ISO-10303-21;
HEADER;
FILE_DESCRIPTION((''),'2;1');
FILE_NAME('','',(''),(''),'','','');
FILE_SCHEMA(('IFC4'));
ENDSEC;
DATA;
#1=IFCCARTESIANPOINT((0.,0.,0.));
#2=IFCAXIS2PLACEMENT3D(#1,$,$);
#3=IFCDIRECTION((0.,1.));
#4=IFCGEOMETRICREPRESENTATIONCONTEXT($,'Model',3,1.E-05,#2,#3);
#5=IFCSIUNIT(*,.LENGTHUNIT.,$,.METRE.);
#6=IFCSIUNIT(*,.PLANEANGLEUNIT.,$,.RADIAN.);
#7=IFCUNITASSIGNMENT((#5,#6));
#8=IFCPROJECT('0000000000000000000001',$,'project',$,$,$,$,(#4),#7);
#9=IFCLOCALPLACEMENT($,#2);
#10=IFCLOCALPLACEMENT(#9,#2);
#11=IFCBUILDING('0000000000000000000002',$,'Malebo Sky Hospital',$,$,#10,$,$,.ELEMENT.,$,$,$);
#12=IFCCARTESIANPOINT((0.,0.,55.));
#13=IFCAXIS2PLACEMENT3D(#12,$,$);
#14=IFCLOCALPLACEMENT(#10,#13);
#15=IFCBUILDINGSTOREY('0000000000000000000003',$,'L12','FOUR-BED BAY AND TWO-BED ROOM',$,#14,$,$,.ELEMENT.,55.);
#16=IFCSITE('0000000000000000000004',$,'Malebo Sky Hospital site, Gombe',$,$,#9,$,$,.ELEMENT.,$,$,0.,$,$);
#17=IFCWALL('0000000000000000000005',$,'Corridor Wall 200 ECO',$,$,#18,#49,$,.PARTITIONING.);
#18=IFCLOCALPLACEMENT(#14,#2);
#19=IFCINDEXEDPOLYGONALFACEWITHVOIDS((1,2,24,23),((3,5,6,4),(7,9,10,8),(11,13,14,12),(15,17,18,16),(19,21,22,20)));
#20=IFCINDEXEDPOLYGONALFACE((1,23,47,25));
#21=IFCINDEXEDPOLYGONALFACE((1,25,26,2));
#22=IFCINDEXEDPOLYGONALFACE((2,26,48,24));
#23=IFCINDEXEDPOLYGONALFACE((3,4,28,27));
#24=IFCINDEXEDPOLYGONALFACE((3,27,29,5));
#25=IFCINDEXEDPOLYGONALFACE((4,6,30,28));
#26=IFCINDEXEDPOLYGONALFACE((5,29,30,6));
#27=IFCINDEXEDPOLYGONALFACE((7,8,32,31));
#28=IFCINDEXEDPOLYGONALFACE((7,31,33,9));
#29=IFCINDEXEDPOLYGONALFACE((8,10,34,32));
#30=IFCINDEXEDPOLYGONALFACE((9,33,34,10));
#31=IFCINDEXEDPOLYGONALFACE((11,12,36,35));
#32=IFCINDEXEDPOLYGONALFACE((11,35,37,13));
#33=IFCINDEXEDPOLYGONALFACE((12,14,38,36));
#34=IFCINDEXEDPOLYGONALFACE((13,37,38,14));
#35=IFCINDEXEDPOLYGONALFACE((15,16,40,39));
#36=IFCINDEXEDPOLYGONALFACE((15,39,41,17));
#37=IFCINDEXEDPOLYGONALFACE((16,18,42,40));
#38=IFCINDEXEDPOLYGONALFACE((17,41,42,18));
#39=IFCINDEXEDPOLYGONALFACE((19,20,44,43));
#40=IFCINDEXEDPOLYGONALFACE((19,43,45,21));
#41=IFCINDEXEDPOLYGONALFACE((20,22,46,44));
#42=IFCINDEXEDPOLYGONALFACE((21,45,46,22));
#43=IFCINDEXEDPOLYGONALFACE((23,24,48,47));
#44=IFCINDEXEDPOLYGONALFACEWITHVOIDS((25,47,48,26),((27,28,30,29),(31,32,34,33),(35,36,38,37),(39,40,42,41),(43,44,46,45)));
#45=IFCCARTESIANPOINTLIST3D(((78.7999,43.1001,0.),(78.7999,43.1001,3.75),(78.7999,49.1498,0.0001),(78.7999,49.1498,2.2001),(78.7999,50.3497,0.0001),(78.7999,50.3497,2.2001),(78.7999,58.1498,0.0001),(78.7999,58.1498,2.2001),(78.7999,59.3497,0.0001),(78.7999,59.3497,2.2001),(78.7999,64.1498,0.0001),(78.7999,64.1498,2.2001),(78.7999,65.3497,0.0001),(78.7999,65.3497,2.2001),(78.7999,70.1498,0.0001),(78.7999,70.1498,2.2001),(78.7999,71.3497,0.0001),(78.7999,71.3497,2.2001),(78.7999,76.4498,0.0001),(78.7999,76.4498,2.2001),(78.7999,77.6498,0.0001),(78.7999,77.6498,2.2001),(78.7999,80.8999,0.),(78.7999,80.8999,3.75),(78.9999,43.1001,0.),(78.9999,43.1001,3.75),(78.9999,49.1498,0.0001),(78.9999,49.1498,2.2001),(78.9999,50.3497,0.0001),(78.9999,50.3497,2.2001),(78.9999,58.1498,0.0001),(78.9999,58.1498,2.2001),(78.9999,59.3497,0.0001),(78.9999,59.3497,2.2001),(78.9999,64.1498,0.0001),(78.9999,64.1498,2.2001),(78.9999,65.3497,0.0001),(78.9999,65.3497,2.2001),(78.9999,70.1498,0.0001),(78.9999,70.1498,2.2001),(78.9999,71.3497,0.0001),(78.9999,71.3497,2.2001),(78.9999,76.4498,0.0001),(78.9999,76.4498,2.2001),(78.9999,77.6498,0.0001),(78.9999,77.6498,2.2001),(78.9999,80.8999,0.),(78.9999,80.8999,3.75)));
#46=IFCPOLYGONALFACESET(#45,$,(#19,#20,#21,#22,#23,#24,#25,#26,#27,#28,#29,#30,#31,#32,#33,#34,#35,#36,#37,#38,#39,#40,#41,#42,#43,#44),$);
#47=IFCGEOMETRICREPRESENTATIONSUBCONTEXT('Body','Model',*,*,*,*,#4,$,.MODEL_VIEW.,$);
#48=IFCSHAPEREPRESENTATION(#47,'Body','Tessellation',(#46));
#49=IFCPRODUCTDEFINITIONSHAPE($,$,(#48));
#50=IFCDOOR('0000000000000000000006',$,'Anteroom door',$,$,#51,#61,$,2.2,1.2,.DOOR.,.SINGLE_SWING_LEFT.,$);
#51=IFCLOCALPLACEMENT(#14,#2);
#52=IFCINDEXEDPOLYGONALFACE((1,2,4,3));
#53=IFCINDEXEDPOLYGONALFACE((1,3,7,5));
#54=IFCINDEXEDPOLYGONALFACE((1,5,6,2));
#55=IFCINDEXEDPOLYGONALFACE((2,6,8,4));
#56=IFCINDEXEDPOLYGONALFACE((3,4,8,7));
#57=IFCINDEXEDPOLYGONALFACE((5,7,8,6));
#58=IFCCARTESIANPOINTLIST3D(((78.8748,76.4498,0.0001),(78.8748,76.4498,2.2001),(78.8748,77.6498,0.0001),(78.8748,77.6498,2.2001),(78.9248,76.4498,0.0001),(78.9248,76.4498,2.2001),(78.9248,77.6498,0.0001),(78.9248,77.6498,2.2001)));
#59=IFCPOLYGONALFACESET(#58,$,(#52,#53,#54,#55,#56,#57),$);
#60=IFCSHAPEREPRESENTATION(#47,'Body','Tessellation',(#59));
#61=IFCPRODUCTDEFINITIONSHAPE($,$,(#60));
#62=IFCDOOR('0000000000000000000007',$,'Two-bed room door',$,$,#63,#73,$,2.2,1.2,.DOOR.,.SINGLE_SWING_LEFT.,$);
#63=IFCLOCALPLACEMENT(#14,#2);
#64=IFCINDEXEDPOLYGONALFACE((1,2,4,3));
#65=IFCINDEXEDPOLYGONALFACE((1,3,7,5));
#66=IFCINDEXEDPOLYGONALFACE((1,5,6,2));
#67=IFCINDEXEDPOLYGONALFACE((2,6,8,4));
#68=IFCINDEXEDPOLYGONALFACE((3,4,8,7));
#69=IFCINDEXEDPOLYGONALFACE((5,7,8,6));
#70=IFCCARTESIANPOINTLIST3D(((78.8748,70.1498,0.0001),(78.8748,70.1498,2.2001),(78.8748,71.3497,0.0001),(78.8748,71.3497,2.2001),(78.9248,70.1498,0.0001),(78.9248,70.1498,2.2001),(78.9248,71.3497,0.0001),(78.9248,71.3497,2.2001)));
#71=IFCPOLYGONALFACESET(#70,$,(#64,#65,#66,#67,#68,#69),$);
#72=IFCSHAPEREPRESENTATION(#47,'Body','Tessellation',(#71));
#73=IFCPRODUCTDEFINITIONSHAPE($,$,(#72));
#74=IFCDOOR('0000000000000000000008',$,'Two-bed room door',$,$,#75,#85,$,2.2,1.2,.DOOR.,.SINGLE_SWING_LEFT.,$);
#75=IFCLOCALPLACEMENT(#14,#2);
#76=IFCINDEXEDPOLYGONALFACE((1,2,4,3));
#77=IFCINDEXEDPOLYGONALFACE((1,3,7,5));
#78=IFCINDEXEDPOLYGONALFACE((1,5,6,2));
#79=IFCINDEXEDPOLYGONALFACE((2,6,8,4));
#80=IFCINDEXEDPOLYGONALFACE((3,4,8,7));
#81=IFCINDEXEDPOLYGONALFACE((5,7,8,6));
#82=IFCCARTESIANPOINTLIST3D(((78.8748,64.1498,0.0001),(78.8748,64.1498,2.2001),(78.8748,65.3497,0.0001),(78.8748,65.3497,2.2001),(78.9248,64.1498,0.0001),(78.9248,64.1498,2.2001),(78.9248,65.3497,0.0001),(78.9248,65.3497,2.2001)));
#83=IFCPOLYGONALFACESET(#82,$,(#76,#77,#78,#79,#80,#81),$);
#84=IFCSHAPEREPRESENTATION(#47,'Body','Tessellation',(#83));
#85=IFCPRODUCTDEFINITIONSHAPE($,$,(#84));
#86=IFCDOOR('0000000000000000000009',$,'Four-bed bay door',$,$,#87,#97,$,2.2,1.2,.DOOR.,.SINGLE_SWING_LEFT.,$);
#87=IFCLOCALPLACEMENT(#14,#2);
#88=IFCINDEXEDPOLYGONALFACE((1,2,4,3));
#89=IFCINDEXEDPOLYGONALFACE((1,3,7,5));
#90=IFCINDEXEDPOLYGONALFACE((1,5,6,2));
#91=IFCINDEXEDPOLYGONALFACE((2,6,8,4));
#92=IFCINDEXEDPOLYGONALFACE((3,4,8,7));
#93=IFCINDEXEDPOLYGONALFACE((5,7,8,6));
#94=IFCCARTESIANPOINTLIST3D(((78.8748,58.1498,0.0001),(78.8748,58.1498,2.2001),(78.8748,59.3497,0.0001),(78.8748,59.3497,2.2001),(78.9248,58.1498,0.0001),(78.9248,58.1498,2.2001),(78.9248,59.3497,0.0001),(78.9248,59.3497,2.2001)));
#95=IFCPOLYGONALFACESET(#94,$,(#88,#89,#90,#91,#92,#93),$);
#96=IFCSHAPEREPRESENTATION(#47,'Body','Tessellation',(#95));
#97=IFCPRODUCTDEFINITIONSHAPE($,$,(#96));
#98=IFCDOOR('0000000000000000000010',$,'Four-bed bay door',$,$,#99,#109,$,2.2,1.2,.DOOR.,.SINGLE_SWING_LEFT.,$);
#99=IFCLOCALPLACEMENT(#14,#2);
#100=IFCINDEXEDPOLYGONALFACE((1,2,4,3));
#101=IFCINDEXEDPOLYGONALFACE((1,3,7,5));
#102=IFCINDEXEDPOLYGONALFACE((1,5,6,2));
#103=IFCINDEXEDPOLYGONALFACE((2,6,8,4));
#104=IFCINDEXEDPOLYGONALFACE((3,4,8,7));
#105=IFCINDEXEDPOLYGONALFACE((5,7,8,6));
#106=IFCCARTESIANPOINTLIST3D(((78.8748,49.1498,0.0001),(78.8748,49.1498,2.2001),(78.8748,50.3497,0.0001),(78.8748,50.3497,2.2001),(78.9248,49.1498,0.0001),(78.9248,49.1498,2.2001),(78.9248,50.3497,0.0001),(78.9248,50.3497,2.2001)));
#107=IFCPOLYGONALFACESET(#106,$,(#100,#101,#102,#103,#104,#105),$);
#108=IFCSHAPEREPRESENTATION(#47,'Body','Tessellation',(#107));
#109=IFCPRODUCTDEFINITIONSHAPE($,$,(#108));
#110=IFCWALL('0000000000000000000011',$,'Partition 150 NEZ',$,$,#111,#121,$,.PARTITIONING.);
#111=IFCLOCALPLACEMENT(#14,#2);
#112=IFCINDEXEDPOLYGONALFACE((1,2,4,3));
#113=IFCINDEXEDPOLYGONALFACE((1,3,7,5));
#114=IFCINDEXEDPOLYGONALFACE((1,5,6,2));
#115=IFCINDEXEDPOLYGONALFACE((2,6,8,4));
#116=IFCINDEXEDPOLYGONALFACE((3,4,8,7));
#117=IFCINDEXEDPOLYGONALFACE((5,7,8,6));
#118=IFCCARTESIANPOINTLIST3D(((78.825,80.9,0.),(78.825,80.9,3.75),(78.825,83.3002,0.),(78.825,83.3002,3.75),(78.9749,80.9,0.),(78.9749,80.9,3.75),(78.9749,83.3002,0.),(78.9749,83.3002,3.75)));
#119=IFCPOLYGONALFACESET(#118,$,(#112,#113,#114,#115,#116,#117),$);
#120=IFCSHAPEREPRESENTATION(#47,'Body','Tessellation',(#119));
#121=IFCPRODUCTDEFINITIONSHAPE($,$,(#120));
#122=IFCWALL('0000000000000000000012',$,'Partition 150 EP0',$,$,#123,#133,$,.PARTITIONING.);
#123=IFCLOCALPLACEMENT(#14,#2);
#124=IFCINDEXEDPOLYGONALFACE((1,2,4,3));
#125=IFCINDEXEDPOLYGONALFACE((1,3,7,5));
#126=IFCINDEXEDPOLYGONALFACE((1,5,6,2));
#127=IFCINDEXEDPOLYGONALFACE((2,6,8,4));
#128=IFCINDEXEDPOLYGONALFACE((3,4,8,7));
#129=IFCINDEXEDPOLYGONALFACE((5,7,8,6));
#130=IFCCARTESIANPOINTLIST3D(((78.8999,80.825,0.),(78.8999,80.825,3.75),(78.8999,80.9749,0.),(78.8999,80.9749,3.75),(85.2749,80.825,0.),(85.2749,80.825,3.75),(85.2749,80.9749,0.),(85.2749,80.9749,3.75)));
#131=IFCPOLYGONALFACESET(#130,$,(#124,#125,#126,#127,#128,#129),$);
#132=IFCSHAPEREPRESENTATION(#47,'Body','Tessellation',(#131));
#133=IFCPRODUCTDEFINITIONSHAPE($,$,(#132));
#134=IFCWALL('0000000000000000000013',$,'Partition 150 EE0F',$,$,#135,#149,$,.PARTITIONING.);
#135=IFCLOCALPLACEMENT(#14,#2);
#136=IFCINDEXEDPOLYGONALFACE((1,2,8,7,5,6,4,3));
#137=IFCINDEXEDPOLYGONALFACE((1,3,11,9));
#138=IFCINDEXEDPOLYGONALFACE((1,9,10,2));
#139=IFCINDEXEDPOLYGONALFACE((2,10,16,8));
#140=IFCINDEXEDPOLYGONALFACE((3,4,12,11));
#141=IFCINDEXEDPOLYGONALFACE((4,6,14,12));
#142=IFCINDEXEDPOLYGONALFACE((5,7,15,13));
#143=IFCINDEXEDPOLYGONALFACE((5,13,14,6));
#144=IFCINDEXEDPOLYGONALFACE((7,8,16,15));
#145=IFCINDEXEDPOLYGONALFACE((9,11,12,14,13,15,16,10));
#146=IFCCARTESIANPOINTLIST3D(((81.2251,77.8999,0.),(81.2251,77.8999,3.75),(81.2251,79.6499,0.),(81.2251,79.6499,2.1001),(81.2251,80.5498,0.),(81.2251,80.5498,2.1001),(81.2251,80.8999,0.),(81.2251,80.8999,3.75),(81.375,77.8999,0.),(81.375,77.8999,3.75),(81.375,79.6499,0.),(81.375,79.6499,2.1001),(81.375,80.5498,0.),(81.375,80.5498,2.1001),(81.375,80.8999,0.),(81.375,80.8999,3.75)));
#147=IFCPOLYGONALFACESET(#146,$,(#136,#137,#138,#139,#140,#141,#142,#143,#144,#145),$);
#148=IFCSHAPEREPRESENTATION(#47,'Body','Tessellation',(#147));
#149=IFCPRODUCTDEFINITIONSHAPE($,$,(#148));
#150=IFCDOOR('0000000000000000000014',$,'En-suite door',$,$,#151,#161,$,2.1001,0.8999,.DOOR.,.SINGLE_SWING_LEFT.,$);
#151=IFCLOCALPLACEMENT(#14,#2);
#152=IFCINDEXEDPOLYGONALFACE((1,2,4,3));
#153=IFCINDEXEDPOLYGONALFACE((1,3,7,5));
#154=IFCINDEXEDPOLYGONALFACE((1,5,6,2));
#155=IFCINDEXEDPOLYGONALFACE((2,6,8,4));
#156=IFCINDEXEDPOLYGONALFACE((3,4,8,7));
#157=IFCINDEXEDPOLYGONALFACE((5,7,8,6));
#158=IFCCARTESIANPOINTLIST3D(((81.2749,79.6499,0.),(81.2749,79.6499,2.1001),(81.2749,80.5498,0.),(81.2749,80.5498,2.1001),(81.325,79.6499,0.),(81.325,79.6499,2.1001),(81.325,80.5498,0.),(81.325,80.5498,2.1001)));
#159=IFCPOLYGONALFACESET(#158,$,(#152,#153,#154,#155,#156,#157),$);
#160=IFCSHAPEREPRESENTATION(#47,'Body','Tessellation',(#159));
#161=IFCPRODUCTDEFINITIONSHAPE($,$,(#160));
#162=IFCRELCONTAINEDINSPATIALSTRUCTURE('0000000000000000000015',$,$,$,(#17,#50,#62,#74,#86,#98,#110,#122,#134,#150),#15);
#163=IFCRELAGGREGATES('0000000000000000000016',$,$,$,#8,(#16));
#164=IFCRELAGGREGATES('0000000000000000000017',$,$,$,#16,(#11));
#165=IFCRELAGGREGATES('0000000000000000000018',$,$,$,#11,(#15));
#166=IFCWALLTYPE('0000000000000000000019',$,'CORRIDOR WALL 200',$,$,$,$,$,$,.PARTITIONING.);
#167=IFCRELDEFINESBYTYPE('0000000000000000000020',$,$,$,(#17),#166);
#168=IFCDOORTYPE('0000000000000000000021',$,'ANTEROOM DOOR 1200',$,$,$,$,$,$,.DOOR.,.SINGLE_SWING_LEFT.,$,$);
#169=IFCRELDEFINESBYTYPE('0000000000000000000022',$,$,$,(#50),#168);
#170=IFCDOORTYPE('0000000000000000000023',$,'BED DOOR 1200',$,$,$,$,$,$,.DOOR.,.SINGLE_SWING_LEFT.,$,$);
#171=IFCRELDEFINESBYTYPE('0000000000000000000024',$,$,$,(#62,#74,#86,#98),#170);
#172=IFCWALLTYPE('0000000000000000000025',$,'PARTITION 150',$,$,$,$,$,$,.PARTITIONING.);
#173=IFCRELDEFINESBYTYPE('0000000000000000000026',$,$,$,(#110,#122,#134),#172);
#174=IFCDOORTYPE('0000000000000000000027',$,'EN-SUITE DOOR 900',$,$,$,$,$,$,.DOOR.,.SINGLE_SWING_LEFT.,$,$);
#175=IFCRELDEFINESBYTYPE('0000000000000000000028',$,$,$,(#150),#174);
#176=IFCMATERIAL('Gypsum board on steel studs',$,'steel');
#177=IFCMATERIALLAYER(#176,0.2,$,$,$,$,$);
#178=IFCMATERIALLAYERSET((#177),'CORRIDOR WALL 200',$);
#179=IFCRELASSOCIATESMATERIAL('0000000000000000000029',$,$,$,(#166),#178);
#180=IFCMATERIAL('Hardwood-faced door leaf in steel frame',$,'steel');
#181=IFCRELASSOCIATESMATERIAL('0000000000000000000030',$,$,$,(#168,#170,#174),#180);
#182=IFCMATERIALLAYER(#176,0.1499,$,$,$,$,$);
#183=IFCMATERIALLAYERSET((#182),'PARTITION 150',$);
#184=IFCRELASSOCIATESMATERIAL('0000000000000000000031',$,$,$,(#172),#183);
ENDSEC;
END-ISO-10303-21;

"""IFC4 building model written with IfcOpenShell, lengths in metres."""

from ifc_helpers import new_model, si_unit, direction, frame, frame_2d, origin, place, context, subcontext, project, spatial, rectangle, extrude, material, layer, layer_set, type_object, element, fill, save


model = new_model("IFC4")

# Units and contexts
model_context = context("Model", 3, precision=1e-05, world=origin(), true_north=direction((0.0, 1.0)))
body_context = subcontext(model_context, "Body", "Model", "MODEL_VIEW")
ifc_project = project(units=[si_unit("LENGTHUNIT", "METRE"), si_unit("PLANEANGLEUNIT", "RADIAN")], contexts=[model_context])

# Site, building, storey
site_placement = place(None, origin())
site = spatial("IfcSite", under=ifc_project, at=site_placement, Name="Malebo Sky Hospital site, Gombe", CompositionType="ELEMENT", RefElevation=0.0)
building_placement = place(site_placement, origin())
building = spatial("IfcBuilding", under=site, at=building_placement, Name="Malebo Sky Hospital", CompositionType="ELEMENT")
storey_placement = place(building_placement, frame((0.0, 0.0, 55.0)))
storey = spatial("IfcBuildingStorey", under=building, at=storey_placement, Name="L12", Description="FOUR-BED BAY AND TWO-BED ROOM", CompositionType="ELEMENT", Elevation=55.0)

# Wall, openings, doors
ifc_material_1 = material(Name="Gypsum board on steel studs", Category="steel")
ifc_layer_1 = layer(ifc_material_1, 0.2)
ifc_layer_set_1 = layer_set([ifc_layer_1], Name="CORRIDOR WALL 200")
wall_type_1 = type_object("IfcWallType", Name="CORRIDOR WALL 200", PredefinedType="PARTITIONING", material=ifc_layer_set_1)
wall_1_placement = place(storey_placement, frame((78.8999, 80.8999, 0.0), z_axis=(0.0, 0.0, 1.0), x_axis=(0.0, -1.0, 0.0)))
wall_1 = element("IfcWall", 1, at=wall_1_placement, inside=storey, type_object=wall_type_1, Name="Corridor Wall 200 ECO", PredefinedType="PARTITIONING", context=body_context, shape_type="SweptSolid", body=[
    extrude(rectangle(XDim=37.7998, YDim=0.2, at=frame_2d((18.8999, 0.0))), origin(), (0.0, 0.0, 1.0), 3.75),
])
opening_1_placement = place(wall_1_placement, frame((3.25, 0.0, 0.0)))
opening_1 = element("IfcOpeningElement", 2, at=opening_1_placement, cuts=wall_1, PredefinedType="OPENING", context=body_context, shape_type="SweptSolid", body=[
    extrude(rectangle(XDim=1.2, YDim=2.2, at=frame_2d((0.6001, 1.1001))), frame((0.0, 0.1099, 0.0), z_axis=(0.0, -1.0, 0.0), x_axis=(1.0, 0.0, 0.0)), (0.0, 0.0, 1.0), 0.22),
])
opening_2_placement = place(wall_1_placement, frame((9.55, 0.0, 0.0)))
opening_2 = element("IfcOpeningElement", 3, at=opening_2_placement, cuts=wall_1, PredefinedType="OPENING", context=body_context, shape_type="SweptSolid", body=[
    extrude(rectangle(XDim=1.2, YDim=2.2, at=frame_2d((0.6001, 1.1001))), frame((0.0, 0.1099, 0.0), z_axis=(0.0, -1.0, 0.0), x_axis=(1.0, 0.0, 0.0)), (0.0, 0.0, 1.0), 0.22),
])
opening_3_placement = place(wall_1_placement, frame((15.55, 0.0, 0.0)))
opening_3 = element("IfcOpeningElement", 4, at=opening_3_placement, cuts=wall_1, PredefinedType="OPENING", context=body_context, shape_type="SweptSolid", body=[
    extrude(rectangle(XDim=1.2, YDim=2.2, at=frame_2d((0.6001, 1.1001))), frame((0.0, 0.1099, 0.0), z_axis=(0.0, -1.0, 0.0), x_axis=(1.0, 0.0, 0.0)), (0.0, 0.0, 1.0), 0.22),
])
opening_4_placement = place(wall_1_placement, frame((21.55, 0.0, 0.0)))
opening_4 = element("IfcOpeningElement", 5, at=opening_4_placement, cuts=wall_1, PredefinedType="OPENING", context=body_context, shape_type="SweptSolid", body=[
    extrude(rectangle(XDim=1.2, YDim=2.2, at=frame_2d((0.6001, 1.1001))), frame((0.0, 0.1099, 0.0), z_axis=(0.0, -1.0, 0.0), x_axis=(1.0, 0.0, 0.0)), (0.0, 0.0, 1.0), 0.22),
])
opening_5_placement = place(wall_1_placement, frame((30.55, 0.0, 0.0)))
opening_5 = element("IfcOpeningElement", 6, at=opening_5_placement, cuts=wall_1, PredefinedType="OPENING", context=body_context, shape_type="SweptSolid", body=[
    extrude(rectangle(XDim=1.2, YDim=2.2, at=frame_2d((0.6001, 1.1001))), frame((0.0, 0.1099, 0.0), z_axis=(0.0, -1.0, 0.0), x_axis=(1.0, 0.0, 0.0)), (0.0, 0.0, 1.0), 0.22),
])
ifc_material_2 = material(Name="Hardwood-faced door leaf in steel frame", Category="steel")
door_type_1 = type_object("IfcDoorType", Name="ANTEROOM DOOR 1200", OperationType="SINGLE_SWING_LEFT", PredefinedType="DOOR", material=ifc_material_2)
door_1_placement = place(opening_1_placement, origin())
door_1 = element("IfcDoor", 7, at=door_1_placement, inside=storey, type_object=door_type_1, Name="Anteroom door", OperationType="SINGLE_SWING_LEFT", OverallHeight=2.2, OverallWidth=1.2, PredefinedType="DOOR", context=body_context, shape_type="SweptSolid", body=[
    extrude(rectangle(XDim=1.2, YDim=2.2, at=frame_2d((0.6001, 1.1001))), frame((0.0, 0.0249, 0.0), z_axis=(0.0, -1.0, 0.0), x_axis=(1.0, 0.0, 0.0)), (0.0, 0.0, 1.0), 0.05),
])
fill(opening_1, door_1)
door_type_2 = type_object("IfcDoorType", Name="BED DOOR 1200", OperationType="SINGLE_SWING_LEFT", PredefinedType="DOOR", material=ifc_material_2)
door_2_placement = place(opening_2_placement, origin())
door_2 = element("IfcDoor", 8, at=door_2_placement, inside=storey, type_object=door_type_2, Name="Two-bed room door", OperationType="SINGLE_SWING_LEFT", OverallHeight=2.2, OverallWidth=1.2, PredefinedType="DOOR", context=body_context, shape_type="SweptSolid", body=[
    extrude(rectangle(XDim=1.2, YDim=2.2, at=frame_2d((0.6001, 1.1001))), frame((0.0, 0.0249, 0.0), z_axis=(0.0, -1.0, 0.0), x_axis=(1.0, 0.0, 0.0)), (0.0, 0.0, 1.0), 0.05),
])
fill(opening_2, door_2)
door_3_placement = place(opening_3_placement, origin())
door_3 = element("IfcDoor", 9, at=door_3_placement, inside=storey, type_object=door_type_2, Name="Two-bed room door", OperationType="SINGLE_SWING_LEFT", OverallHeight=2.2, OverallWidth=1.2, PredefinedType="DOOR", context=body_context, shape_type="SweptSolid", body=[
    extrude(rectangle(XDim=1.2, YDim=2.2, at=frame_2d((0.6001, 1.1001))), frame((0.0, 0.0249, 0.0), z_axis=(0.0, -1.0, 0.0), x_axis=(1.0, 0.0, 0.0)), (0.0, 0.0, 1.0), 0.05),
])
fill(opening_3, door_3)
door_4_placement = place(opening_4_placement, origin())
door_4 = element("IfcDoor", 10, at=door_4_placement, inside=storey, type_object=door_type_2, Name="Four-bed bay door", OperationType="SINGLE_SWING_LEFT", OverallHeight=2.2, OverallWidth=1.2, PredefinedType="DOOR", context=body_context, shape_type="SweptSolid", body=[
    extrude(rectangle(XDim=1.2, YDim=2.2, at=frame_2d((0.6001, 1.1001))), frame((0.0, 0.0249, 0.0), z_axis=(0.0, -1.0, 0.0), x_axis=(1.0, 0.0, 0.0)), (0.0, 0.0, 1.0), 0.05),
])
fill(opening_4, door_4)
door_5_placement = place(opening_5_placement, origin())
door_5 = element("IfcDoor", 11, at=door_5_placement, inside=storey, type_object=door_type_2, Name="Four-bed bay door", OperationType="SINGLE_SWING_LEFT", OverallHeight=2.2, OverallWidth=1.2, PredefinedType="DOOR", context=body_context, shape_type="SweptSolid", body=[
    extrude(rectangle(XDim=1.2, YDim=2.2, at=frame_2d((0.6001, 1.1001))), frame((0.0, 0.0249, 0.0), z_axis=(0.0, -1.0, 0.0), x_axis=(1.0, 0.0, 0.0)), (0.0, 0.0, 1.0), 0.05),
])
fill(opening_5, door_5)

# Walls
ifc_layer_2 = layer(ifc_material_1, 0.1499)
ifc_layer_set_2 = layer_set([ifc_layer_2], Name="PARTITION 150")
wall_type_2 = type_object("IfcWallType", Name="PARTITION 150", PredefinedType="PARTITIONING", material=ifc_layer_set_2)
wall_2_placement = place(storey_placement, frame((78.8999, 80.8999, 0.0), z_axis=(0.0, 0.0, 1.0), x_axis=(0.0, 1.0, 0.0)))
element("IfcWall", 12, at=wall_2_placement, inside=storey, type_object=wall_type_2, Name="Partition 150 NEZ", PredefinedType="PARTITIONING", context=body_context, shape_type="SweptSolid", body=[
    extrude(rectangle(XDim=2.4001, YDim=0.1499, at=frame_2d((1.2002, 0.0))), origin(), (0.0, 0.0, 1.0), 3.75),
])
wall_3_placement = place(storey_placement, frame((78.8999, 80.8999, 0.0), z_axis=(0.0, 0.0, 1.0), x_axis=(1.0, 0.0, 0.0)))
element("IfcWall", 13, at=wall_3_placement, inside=storey, type_object=wall_type_2, Name="Partition 150 EP0", PredefinedType="PARTITIONING", context=body_context, shape_type="SweptSolid", body=[
    extrude(rectangle(XDim=6.375, YDim=0.1499, at=frame_2d((3.1875, 0.0))), origin(), (0.0, 0.0, 1.0), 3.75),
])

# Wall, opening, door
wall_4_placement = place(storey_placement, frame((81.3, 80.8999, 0.0), z_axis=(0.0, 0.0, 1.0), x_axis=(0.0, -1.0, 0.0)))
wall_4 = element("IfcWall", 14, at=wall_4_placement, inside=storey, type_object=wall_type_2, Name="Partition 150 EE0F", PredefinedType="PARTITIONING", context=body_context, shape_type="SweptSolid", body=[
    extrude(rectangle(XDim=3.0, YDim=0.1499, at=frame_2d((1.5, 0.0))), origin(), (0.0, 0.0, 1.0), 3.75),
])
opening_6_placement = place(wall_4_placement, frame((0.3501, 0.0, 0.0)))
opening_6 = element("IfcOpeningElement", 15, at=opening_6_placement, cuts=wall_4, PredefinedType="OPENING", context=body_context, shape_type="SweptSolid", body=[
    extrude(rectangle(XDim=0.8999, YDim=2.1001, at=frame_2d((0.45, 1.05))), frame((0.0, 0.085, 0.0), z_axis=(0.0, -1.0, 0.0), x_axis=(1.0, 0.0, 0.0)), (0.0, 0.0, 1.0), 0.1699),
])
door_type_3 = type_object("IfcDoorType", Name="EN-SUITE DOOR 900", OperationType="SINGLE_SWING_LEFT", PredefinedType="DOOR", material=ifc_material_2)
door_6_placement = place(opening_6_placement, origin())
door_6 = element("IfcDoor", 16, at=door_6_placement, inside=storey, type_object=door_type_3, Name="En-suite door", OperationType="SINGLE_SWING_LEFT", OverallHeight=2.1001, OverallWidth=0.8999, PredefinedType="DOOR", context=body_context, shape_type="SweptSolid", body=[
    extrude(rectangle(XDim=0.8999, YDim=2.1001, at=frame_2d((0.45, 1.05))), frame((0.0, 0.0249, 0.0), z_axis=(0.0, -1.0, 0.0), x_axis=(1.0, 0.0, 0.0)), (0.0, 0.0, 1.0), 0.05),
])
fill(opening_6, door_6)

save(model, "model.ifc")
